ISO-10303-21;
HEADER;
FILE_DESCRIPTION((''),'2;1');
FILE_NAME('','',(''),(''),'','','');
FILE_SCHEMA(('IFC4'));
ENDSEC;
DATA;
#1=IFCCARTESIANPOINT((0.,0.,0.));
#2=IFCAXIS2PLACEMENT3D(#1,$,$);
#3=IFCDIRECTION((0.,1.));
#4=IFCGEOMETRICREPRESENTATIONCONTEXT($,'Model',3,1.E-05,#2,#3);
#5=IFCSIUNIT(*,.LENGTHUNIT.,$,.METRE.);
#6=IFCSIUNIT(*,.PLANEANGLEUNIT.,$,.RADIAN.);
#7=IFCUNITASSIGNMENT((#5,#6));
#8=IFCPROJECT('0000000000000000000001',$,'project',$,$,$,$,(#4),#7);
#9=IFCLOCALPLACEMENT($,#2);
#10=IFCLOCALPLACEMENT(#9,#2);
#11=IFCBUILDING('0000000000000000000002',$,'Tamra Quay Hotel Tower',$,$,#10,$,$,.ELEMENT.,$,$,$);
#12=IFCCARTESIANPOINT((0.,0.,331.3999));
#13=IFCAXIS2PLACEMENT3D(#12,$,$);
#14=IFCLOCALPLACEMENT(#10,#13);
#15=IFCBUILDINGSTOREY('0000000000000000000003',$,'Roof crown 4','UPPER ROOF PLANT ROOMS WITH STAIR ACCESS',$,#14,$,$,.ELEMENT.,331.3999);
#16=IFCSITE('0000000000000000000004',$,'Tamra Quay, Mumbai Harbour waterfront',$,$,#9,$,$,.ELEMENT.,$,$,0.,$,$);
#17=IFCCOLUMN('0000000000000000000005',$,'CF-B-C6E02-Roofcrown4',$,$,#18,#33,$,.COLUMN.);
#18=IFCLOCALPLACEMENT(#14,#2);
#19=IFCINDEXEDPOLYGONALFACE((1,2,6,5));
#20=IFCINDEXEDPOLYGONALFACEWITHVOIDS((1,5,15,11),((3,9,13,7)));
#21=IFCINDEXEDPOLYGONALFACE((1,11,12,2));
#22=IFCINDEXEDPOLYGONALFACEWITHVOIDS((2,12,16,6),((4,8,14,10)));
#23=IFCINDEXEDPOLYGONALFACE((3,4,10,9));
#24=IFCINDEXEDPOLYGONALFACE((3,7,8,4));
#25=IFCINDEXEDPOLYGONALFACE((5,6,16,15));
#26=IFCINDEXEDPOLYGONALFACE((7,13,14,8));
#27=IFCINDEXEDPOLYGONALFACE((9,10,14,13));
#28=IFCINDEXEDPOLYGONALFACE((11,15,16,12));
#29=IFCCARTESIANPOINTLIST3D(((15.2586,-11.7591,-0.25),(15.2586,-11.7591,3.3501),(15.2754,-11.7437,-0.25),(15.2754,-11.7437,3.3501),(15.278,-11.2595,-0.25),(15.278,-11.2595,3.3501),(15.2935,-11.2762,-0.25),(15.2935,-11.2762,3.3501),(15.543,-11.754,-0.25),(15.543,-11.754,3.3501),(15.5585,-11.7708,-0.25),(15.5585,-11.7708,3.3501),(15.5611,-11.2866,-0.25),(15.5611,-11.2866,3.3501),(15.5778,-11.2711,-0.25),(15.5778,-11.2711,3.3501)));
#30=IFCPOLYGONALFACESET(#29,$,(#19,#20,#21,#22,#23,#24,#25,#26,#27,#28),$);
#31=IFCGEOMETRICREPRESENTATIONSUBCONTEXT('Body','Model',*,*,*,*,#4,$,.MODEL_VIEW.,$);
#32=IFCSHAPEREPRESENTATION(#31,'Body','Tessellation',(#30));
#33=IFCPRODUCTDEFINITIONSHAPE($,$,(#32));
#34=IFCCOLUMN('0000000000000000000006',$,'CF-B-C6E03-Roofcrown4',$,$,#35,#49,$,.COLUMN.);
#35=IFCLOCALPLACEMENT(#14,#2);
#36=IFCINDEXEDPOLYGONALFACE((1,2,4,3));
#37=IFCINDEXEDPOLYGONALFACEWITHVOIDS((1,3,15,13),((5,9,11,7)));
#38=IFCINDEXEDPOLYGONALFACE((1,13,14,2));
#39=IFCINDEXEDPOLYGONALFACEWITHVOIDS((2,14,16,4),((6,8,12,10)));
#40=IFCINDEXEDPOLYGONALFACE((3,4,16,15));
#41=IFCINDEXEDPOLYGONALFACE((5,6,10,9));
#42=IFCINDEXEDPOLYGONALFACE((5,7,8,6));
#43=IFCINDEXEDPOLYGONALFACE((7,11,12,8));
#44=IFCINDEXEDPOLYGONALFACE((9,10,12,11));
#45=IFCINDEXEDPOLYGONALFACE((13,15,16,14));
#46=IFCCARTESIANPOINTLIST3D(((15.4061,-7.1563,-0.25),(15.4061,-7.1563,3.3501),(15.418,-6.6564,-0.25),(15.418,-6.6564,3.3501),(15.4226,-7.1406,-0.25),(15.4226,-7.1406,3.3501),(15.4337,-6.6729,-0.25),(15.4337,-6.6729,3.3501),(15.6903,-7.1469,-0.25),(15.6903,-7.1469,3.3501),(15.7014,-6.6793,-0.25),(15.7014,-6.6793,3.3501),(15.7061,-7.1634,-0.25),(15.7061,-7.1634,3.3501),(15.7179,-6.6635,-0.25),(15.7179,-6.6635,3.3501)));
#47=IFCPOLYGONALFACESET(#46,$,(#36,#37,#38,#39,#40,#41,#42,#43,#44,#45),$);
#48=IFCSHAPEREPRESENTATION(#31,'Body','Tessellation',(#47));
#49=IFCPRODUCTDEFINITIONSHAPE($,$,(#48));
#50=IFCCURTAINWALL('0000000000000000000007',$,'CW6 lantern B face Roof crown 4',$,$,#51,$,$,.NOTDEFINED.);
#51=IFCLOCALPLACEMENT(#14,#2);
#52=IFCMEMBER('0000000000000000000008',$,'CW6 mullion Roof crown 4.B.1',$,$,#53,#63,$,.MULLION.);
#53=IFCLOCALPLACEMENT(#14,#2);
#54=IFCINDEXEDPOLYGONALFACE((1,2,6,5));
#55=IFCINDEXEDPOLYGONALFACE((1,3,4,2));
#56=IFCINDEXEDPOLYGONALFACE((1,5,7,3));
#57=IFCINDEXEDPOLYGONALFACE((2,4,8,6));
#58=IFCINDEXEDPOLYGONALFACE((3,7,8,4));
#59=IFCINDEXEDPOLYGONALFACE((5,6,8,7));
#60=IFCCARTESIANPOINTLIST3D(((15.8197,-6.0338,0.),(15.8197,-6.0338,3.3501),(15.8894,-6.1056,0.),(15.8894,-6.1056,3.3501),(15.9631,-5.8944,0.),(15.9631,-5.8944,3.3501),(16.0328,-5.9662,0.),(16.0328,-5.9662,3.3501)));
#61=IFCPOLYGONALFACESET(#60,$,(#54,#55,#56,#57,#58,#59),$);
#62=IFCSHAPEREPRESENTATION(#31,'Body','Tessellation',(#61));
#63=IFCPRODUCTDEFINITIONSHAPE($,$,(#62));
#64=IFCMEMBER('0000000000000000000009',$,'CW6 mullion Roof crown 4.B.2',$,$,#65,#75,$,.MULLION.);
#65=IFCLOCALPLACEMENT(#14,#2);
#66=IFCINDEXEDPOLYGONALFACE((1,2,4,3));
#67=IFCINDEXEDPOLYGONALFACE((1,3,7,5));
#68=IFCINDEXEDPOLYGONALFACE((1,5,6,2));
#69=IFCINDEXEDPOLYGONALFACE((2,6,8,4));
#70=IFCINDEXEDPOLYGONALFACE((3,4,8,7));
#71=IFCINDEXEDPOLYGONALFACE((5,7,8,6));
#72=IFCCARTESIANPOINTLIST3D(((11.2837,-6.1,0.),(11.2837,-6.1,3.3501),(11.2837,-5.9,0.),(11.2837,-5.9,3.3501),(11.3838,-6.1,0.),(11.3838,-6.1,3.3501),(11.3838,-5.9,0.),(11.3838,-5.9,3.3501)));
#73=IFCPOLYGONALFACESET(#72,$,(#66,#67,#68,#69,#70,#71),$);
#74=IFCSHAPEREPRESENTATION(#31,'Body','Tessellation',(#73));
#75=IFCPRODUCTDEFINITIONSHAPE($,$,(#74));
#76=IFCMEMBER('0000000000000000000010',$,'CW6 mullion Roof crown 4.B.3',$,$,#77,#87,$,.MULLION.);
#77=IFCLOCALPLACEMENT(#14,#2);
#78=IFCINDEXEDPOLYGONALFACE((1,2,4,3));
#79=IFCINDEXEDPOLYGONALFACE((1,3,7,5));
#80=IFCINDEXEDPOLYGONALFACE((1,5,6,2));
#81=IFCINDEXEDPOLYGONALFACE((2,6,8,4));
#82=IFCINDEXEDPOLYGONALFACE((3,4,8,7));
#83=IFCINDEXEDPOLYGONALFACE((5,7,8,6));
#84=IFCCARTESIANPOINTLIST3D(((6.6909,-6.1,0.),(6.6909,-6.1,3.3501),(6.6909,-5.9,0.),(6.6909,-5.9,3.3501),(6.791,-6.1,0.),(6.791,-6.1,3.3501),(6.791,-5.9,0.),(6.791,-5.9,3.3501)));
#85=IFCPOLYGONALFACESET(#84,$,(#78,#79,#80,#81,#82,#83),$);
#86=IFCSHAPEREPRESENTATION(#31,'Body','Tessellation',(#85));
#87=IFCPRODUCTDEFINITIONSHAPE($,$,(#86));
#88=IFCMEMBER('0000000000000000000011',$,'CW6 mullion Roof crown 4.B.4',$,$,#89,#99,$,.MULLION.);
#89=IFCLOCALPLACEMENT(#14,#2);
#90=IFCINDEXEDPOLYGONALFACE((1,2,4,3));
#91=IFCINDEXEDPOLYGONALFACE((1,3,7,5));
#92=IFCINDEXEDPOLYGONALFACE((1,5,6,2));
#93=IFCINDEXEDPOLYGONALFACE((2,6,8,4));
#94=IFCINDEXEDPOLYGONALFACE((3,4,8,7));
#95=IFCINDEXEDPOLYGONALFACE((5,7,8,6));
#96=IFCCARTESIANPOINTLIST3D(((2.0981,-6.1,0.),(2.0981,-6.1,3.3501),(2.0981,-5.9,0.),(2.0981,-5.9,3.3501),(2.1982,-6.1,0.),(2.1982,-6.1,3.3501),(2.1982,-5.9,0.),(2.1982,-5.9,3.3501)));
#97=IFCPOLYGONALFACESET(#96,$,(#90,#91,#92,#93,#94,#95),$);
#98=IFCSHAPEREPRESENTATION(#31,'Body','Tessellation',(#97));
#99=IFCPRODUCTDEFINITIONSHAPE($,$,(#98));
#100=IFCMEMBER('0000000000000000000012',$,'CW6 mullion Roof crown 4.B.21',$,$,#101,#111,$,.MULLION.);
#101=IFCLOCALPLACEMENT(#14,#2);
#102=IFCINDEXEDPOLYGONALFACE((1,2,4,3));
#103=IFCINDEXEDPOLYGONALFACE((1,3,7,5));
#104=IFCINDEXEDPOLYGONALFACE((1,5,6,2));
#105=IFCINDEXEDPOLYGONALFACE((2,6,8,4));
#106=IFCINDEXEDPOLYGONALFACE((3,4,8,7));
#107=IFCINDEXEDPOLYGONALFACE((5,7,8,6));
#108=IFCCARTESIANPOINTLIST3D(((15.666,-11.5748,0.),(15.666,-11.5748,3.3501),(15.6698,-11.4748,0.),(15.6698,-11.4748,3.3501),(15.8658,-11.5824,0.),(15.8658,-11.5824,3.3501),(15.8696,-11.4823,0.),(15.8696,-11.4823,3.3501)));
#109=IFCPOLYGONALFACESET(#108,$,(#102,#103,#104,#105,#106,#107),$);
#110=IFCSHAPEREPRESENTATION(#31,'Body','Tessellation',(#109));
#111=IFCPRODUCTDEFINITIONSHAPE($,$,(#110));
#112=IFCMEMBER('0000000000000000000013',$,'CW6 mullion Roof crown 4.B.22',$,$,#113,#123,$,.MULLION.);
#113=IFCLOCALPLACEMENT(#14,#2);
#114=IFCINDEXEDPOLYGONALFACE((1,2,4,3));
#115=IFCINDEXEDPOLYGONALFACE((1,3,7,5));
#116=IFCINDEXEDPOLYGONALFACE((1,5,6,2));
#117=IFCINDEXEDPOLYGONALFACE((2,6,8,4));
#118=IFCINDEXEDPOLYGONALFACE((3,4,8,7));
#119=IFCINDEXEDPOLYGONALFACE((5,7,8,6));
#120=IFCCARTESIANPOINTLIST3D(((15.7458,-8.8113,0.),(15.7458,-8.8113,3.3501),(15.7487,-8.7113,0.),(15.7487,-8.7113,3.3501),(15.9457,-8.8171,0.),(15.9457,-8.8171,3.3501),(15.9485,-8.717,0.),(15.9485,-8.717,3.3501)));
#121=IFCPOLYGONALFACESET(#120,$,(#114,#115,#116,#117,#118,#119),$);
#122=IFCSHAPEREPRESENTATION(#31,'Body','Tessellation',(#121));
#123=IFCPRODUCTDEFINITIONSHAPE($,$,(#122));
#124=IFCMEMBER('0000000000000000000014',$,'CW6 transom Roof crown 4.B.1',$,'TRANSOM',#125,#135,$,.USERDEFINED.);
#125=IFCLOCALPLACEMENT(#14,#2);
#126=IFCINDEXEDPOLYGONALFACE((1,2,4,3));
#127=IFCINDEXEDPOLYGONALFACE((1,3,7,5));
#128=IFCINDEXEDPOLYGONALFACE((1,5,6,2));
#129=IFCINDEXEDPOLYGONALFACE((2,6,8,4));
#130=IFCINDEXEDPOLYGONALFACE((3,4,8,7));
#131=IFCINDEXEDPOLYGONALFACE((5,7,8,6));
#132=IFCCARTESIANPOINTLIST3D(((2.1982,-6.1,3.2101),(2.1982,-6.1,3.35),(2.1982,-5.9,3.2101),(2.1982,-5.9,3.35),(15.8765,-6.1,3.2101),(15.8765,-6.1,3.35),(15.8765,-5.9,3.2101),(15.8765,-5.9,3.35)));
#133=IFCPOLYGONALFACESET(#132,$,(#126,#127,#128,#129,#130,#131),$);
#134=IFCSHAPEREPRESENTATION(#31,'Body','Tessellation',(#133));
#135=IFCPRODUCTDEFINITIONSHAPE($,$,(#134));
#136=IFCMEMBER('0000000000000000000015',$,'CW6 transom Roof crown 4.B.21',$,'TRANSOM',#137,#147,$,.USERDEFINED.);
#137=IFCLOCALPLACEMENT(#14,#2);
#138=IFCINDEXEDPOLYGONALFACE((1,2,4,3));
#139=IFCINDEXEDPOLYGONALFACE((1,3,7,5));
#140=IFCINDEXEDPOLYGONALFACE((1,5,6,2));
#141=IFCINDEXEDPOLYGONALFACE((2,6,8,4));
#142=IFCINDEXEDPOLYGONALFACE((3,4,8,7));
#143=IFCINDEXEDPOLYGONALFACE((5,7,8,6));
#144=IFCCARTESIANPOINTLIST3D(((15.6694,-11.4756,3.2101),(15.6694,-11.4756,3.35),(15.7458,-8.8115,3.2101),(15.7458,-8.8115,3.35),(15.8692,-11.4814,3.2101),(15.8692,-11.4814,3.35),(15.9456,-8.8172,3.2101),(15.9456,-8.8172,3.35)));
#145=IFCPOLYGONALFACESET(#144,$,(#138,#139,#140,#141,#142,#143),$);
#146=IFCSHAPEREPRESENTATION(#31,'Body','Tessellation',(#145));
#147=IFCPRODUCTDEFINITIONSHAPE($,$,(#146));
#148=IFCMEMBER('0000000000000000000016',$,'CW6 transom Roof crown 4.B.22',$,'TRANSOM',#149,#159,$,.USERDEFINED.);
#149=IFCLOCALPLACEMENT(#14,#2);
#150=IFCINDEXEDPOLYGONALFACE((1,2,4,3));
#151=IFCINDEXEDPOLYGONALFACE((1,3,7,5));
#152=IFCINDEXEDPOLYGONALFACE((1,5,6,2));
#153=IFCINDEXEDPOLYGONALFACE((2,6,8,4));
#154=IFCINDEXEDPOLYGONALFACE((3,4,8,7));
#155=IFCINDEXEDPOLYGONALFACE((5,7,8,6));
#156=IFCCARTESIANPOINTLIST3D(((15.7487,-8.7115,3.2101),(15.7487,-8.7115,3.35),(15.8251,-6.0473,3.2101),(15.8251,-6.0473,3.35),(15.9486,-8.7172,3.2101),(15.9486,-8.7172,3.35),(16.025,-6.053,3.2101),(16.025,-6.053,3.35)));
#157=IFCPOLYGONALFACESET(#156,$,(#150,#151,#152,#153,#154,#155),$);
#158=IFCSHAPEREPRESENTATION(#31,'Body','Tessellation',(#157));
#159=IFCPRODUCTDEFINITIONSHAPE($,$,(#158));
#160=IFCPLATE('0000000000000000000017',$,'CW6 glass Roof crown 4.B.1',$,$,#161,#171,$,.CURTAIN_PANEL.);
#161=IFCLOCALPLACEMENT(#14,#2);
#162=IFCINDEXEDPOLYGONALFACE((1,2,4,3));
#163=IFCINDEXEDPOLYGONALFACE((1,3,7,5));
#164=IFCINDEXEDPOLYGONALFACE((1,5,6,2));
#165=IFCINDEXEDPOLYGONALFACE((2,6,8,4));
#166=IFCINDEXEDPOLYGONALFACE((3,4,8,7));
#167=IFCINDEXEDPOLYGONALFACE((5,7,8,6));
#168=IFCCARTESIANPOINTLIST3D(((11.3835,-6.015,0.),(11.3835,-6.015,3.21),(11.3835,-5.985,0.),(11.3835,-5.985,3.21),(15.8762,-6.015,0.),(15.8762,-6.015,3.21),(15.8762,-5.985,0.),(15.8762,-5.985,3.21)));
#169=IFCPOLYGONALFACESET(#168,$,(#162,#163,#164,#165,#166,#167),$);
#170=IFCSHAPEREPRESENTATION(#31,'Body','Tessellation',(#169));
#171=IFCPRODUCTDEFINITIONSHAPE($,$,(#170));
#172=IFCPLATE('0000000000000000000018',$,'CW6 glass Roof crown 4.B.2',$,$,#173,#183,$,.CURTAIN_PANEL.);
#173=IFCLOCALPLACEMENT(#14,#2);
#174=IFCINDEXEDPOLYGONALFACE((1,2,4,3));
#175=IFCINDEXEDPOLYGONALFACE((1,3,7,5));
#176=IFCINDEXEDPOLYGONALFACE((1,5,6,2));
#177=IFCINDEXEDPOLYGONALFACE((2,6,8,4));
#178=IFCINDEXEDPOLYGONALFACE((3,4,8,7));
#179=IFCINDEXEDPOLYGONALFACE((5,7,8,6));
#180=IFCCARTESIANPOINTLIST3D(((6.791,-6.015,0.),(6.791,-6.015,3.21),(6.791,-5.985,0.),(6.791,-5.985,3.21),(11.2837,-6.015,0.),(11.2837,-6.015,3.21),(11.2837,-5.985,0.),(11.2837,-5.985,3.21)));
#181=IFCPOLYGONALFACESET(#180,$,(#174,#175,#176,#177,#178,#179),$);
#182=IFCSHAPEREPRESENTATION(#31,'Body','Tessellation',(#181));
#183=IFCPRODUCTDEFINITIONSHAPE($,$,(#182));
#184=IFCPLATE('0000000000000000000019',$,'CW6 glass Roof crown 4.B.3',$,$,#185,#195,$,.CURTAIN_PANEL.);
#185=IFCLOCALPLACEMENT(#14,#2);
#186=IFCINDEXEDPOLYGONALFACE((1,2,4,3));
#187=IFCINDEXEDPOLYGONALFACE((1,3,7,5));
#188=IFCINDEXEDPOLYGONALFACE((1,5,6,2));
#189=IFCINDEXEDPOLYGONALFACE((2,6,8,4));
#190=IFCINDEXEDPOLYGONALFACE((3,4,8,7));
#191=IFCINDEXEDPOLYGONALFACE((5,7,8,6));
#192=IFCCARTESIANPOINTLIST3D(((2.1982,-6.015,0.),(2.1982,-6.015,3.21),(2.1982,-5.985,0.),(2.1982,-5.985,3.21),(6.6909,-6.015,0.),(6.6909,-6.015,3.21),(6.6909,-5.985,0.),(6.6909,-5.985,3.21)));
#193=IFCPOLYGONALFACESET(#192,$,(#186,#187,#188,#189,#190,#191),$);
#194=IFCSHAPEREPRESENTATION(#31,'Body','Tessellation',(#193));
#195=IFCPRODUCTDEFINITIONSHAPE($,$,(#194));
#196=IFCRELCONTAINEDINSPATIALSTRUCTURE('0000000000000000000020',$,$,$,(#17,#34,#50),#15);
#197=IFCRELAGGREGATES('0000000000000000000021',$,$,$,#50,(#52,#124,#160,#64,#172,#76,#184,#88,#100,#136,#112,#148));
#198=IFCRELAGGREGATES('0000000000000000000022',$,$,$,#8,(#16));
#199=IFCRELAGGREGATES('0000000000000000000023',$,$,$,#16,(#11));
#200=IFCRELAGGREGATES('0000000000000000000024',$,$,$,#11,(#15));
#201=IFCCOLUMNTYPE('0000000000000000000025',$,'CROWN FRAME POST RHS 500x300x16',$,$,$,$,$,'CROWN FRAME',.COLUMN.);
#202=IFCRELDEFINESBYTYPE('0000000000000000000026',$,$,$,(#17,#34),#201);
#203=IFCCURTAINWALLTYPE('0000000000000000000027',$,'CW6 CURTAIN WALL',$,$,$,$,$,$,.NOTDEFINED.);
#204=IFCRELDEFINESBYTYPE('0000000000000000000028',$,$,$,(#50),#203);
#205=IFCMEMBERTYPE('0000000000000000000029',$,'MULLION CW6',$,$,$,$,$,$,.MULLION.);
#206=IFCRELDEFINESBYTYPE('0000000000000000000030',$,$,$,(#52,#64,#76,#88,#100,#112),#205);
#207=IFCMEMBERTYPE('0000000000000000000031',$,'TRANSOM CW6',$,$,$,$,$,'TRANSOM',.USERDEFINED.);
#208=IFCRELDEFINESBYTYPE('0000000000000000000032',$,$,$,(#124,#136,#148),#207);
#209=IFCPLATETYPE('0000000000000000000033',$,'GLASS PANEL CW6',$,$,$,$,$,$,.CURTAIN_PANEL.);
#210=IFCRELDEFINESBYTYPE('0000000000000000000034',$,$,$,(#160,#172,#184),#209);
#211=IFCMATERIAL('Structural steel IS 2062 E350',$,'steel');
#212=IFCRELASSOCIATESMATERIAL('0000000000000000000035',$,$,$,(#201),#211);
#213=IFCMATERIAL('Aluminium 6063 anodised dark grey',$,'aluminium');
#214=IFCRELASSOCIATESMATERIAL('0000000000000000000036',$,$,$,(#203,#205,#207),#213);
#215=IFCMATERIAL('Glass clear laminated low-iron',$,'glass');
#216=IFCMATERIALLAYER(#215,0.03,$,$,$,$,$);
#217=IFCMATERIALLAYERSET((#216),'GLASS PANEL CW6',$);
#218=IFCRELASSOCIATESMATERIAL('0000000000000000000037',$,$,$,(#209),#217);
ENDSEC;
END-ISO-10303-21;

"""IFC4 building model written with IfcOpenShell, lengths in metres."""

from ifc_helpers import new_model, si_unit, direction, frame, origin, origin_2d, place, context, subcontext, project, spatial, rectangle, hollow_rectangle, extrude, material, layer, layer_set, material_profile, profile_set, type_object, element, aggregate, save


model = new_model("IFC4")

# Units and contexts
model_context = context("Model", 3, precision=1e-05, world=origin(), true_north=direction((0.0, 1.0)))
body_context = subcontext(model_context, "Body", "Model", "MODEL_VIEW")
ifc_project = project(units=[si_unit("LENGTHUNIT", "METRE"), si_unit("PLANEANGLEUNIT", "RADIAN")], contexts=[model_context])

# Site, building, storey
site_placement = place(None, origin())
site = spatial("IfcSite", under=ifc_project, at=site_placement, Name="Tamra Quay, Mumbai Harbour waterfront", CompositionType="ELEMENT", RefElevation=0.0)
building_placement = place(site_placement, origin())
building = spatial("IfcBuilding", under=site, at=building_placement, Name="Tamra Quay Hotel Tower", CompositionType="ELEMENT")
storey_placement = place(building_placement, frame((0.0, 0.0, 331.3999)))
storey = spatial("IfcBuildingStorey", under=building, at=storey_placement, Name="Roof crown 4", Description="UPPER ROOF PLANT ROOMS WITH STAIR ACCESS", CompositionType="ELEMENT", Elevation=331.3999)

# Columns
ifc_material_1 = material(Name="Structural steel IS 2062 E350", Category="steel")
ifc_material_profile_1 = material_profile(ifc_material_1, hollow_rectangle(XDim=0.3, YDim=0.5, WallThickness=0.0161, at=origin_2d()), Name="RHS 500x300x16")
ifc_profile_set_1 = profile_set([ifc_material_profile_1], Name="Structural steel IS 2062 E350")
column_type = type_object("IfcColumnType", Name="CROWN FRAME POST RHS 500x300x16", ElementType="CROWN FRAME", PredefinedType="COLUMN", material=ifc_profile_set_1)
for number, where, z_axis, x_axis, name in (
    (1, (15.4182, -11.5151, -0.25), (0.0, 0.0, 1.0), (-0.999251, 0.038691, 0.0), "CF-B-C6E02-Roofcrown4"),
    (2, (15.562, -6.9099, -0.25), (0.0, 0.0, 1.0), (-0.999718, 0.023753, 0.0), "CF-B-C6E03-Roofcrown4"),
):
    element("IfcColumn", number, at=place(storey_placement, frame(where, z_axis=z_axis, x_axis=x_axis)), inside=storey, type_object=column_type, Name=name, PredefinedType="COLUMN", context=body_context, shape_type="SweptSolid", body=[
        extrude(hollow_rectangle(XDim=0.3, YDim=0.5, WallThickness=0.0161, at=origin_2d()), origin(), (0.0, 0.0, 1.0), 3.6001),
    ])

# Curtain wall, members, plates
ifc_material_2 = material(Name="Aluminium 6063 anodised dark grey", Category="aluminium")
curtain_wall_type = type_object("IfcCurtainWallType", Name="CW6 CURTAIN WALL", PredefinedType="NOTDEFINED", material=ifc_material_2)
curtain_wall_placement = place(storey_placement, origin())
curtain_wall = element("IfcCurtainWall", 3, at=curtain_wall_placement, inside=storey, type_object=curtain_wall_type, Name="CW6 lantern B face Roof crown 4", PredefinedType="NOTDEFINED")
ifc_material_profile_2 = material_profile(ifc_material_2, rectangle(XDim=0.2, YDim=0.1001, at=origin_2d()), Name="MULLION 100X200")
ifc_profile_set_2 = profile_set([ifc_material_profile_2], Name="Aluminium 6063 anodised dark grey")
member_type_1 = type_object("IfcMemberType", Name="MULLION CW6", PredefinedType="MULLION", material=ifc_profile_set_2)
member_1_placement = place(storey_placement, frame((15.9263, -6.0, 0.0), z_axis=(0.0, 0.0, 1.0), x_axis=(0.717164, 0.696904, 0.0)))
member_1 = element("IfcMember", 4, at=member_1_placement, type_object=member_type_1, Name="CW6 mullion Roof crown 4.B.1", PredefinedType="MULLION", context=body_context, shape_type="SweptSolid", body=[
    extrude(rectangle(XDim=0.2, YDim=0.1001, at=origin_2d()), origin(), (0.0, 0.0, 1.0), 3.3501),
])
member_2_placement = place(storey_placement, frame((11.3337, -6.0, 0.0), z_axis=(0.0, 0.0, 1.0), x_axis=(0.0, 1.0, 0.0)))
member_2 = element("IfcMember", 5, at=member_2_placement, type_object=member_type_1, Name="CW6 mullion Roof crown 4.B.2", PredefinedType="MULLION", context=body_context, shape_type="SweptSolid", body=[
    extrude(rectangle(XDim=0.2, YDim=0.1001, at=origin_2d()), origin(), (0.0, 0.0, 1.0), 3.3501),
])
member_3_placement = place(storey_placement, frame((6.741, -6.0, 0.0), z_axis=(0.0, 0.0, 1.0), x_axis=(0.0, 1.0, 0.0)))
member_3 = element("IfcMember", 6, at=member_3_placement, type_object=member_type_1, Name="CW6 mullion Roof crown 4.B.3", PredefinedType="MULLION", context=body_context, shape_type="SweptSolid", body=[
    extrude(rectangle(XDim=0.2, YDim=0.1001, at=origin_2d()), origin(), (0.0, 0.0, 1.0), 3.3501),
])
member_4_placement = place(storey_placement, frame((2.1482, -6.0, 0.0), z_axis=(0.0, 0.0, 1.0), x_axis=(0.0, 1.0, 0.0)))
member_4 = element("IfcMember", 7, at=member_4_placement, type_object=member_type_1, Name="CW6 mullion Roof crown 4.B.4", PredefinedType="MULLION", context=body_context, shape_type="SweptSolid", body=[
    extrude(rectangle(XDim=0.2, YDim=0.1001, at=origin_2d()), origin(), (0.0, 0.0, 1.0), 3.3501),
])
member_5_placement = place(storey_placement, frame((15.7678, -11.5286, 0.0), z_axis=(0.0, 0.0, 1.0), x_axis=(0.999288, -0.037737, 0.0)))
member_5 = element("IfcMember", 8, at=member_5_placement, type_object=member_type_1, Name="CW6 mullion Roof crown 4.B.21", PredefinedType="MULLION", context=body_context, shape_type="SweptSolid", body=[
    extrude(rectangle(XDim=0.2, YDim=0.1001, at=origin_2d()), origin(), (0.0, 0.0, 1.0), 3.3501),
])
member_6_placement = place(storey_placement, frame((15.8472, -8.7642, 0.0), z_axis=(0.0, 0.0, 1.0), x_axis=(0.99959, -0.02865, 0.0)))
member_6 = element("IfcMember", 9, at=member_6_placement, type_object=member_type_1, Name="CW6 mullion Roof crown 4.B.22", PredefinedType="MULLION", context=body_context, shape_type="SweptSolid", body=[
    extrude(rectangle(XDim=0.2, YDim=0.1001, at=origin_2d()), origin(), (0.0, 0.0, 1.0), 3.3501),
])
ifc_material_profile_3 = material_profile(ifc_material_2, rectangle(XDim=0.2, YDim=0.1399, at=origin_2d()), Name="TRANSOM 200X140")
ifc_profile_set_3 = profile_set([ifc_material_profile_3], Name="Aluminium 6063 anodised dark grey")
member_type_2 = type_object("IfcMemberType", Name="TRANSOM CW6", ElementType="TRANSOM", PredefinedType="USERDEFINED", material=ifc_profile_set_3)
member_7_placement = place(storey_placement, frame((15.8765, -6.0, 3.28), z_axis=(-1.0, 0.0, 0.0), x_axis=(0.0, -1.0, 0.0)))
member_7 = element("IfcMember", 10, at=member_7_placement, type_object=member_type_2, Name="CW6 transom Roof crown 4.B.1", ObjectType="TRANSOM", PredefinedType="USERDEFINED", context=body_context, shape_type="SweptSolid", body=[
    extrude(rectangle(XDim=0.2, YDim=0.1399, at=origin_2d()), origin(), (0.0, 0.0, 1.0), 13.6782),
])
member_8_placement = place(storey_placement, frame((15.7693, -11.4785, 3.28), z_axis=(0.02867, 0.999589, 0.0), x_axis=(-0.999589, 0.02867, 0.0)))
member_8 = element("IfcMember", 11, at=member_8_placement, type_object=member_type_2, Name="CW6 transom Roof crown 4.B.21", ObjectType="TRANSOM", PredefinedType="USERDEFINED", context=body_context, shape_type="SweptSolid", body=[
    extrude(rectangle(XDim=0.2, YDim=0.1399, at=origin_2d()), origin(), (0.0, 0.0, 1.0), 2.6653),
])
member_9_placement = place(storey_placement, frame((15.8486, -8.7144, 3.28), z_axis=(0.02867, 0.999589, 0.0), x_axis=(-0.999589, 0.02867, 0.0)))
member_9 = element("IfcMember", 12, at=member_9_placement, type_object=member_type_2, Name="CW6 transom Roof crown 4.B.22", ObjectType="TRANSOM", PredefinedType="USERDEFINED", context=body_context, shape_type="SweptSolid", body=[
    extrude(rectangle(XDim=0.2, YDim=0.1399, at=origin_2d()), origin(), (0.0, 0.0, 1.0), 2.6653),
])
ifc_material_3 = material(Name="Glass clear laminated low-iron", Category="glass")
ifc_layer_1 = layer(ifc_material_3, 0.03)
ifc_layer_set_1 = layer_set([ifc_layer_1], Name="GLASS PANEL CW6")
plate_type = type_object("IfcPlateType", Name="GLASS PANEL CW6", PredefinedType="CURTAIN_PANEL", material=ifc_layer_set_1)
plate_1_placement = place(storey_placement, frame((13.6299, -6.0, 0.0), z_axis=(0.0, 0.0, 1.0), x_axis=(-1.0, 0.0, 0.0)))
plate_1 = element("IfcPlate", 13, at=plate_1_placement, type_object=plate_type, Name="CW6 glass Roof crown 4.B.1", PredefinedType="CURTAIN_PANEL", context=body_context, shape_type="SweptSolid", body=[
    extrude(rectangle(XDim=4.4927, YDim=0.03, at=origin_2d()), origin(), (0.0, 0.0, 1.0), 3.21),
])
plate_2_placement = place(storey_placement, frame((9.0374, -6.0, 0.0), z_axis=(0.0, 0.0, 1.0), x_axis=(-1.0, 0.0, 0.0)))
plate_2 = element("IfcPlate", 14, at=plate_2_placement, type_object=plate_type, Name="CW6 glass Roof crown 4.B.2", PredefinedType="CURTAIN_PANEL", context=body_context, shape_type="SweptSolid", body=[
    extrude(rectangle(XDim=4.4927, YDim=0.03, at=origin_2d()), origin(), (0.0, 0.0, 1.0), 3.21),
])
plate_3_placement = place(storey_placement, frame((4.4446, -6.0, 0.0), z_axis=(0.0, 0.0, 1.0), x_axis=(-1.0, 0.0, 0.0)))
plate_3 = element("IfcPlate", 15, at=plate_3_placement, type_object=plate_type, Name="CW6 glass Roof crown 4.B.3", PredefinedType="CURTAIN_PANEL", context=body_context, shape_type="SweptSolid", body=[
    extrude(rectangle(XDim=4.4927, YDim=0.03, at=origin_2d()), origin(), (0.0, 0.0, 1.0), 3.21),
])
aggregate(curtain_wall, [member_1, member_7, plate_1, member_2, plate_2, member_3, plate_3, member_4, member_5, member_8, member_6, member_9])

save(model, "model.ifc")
